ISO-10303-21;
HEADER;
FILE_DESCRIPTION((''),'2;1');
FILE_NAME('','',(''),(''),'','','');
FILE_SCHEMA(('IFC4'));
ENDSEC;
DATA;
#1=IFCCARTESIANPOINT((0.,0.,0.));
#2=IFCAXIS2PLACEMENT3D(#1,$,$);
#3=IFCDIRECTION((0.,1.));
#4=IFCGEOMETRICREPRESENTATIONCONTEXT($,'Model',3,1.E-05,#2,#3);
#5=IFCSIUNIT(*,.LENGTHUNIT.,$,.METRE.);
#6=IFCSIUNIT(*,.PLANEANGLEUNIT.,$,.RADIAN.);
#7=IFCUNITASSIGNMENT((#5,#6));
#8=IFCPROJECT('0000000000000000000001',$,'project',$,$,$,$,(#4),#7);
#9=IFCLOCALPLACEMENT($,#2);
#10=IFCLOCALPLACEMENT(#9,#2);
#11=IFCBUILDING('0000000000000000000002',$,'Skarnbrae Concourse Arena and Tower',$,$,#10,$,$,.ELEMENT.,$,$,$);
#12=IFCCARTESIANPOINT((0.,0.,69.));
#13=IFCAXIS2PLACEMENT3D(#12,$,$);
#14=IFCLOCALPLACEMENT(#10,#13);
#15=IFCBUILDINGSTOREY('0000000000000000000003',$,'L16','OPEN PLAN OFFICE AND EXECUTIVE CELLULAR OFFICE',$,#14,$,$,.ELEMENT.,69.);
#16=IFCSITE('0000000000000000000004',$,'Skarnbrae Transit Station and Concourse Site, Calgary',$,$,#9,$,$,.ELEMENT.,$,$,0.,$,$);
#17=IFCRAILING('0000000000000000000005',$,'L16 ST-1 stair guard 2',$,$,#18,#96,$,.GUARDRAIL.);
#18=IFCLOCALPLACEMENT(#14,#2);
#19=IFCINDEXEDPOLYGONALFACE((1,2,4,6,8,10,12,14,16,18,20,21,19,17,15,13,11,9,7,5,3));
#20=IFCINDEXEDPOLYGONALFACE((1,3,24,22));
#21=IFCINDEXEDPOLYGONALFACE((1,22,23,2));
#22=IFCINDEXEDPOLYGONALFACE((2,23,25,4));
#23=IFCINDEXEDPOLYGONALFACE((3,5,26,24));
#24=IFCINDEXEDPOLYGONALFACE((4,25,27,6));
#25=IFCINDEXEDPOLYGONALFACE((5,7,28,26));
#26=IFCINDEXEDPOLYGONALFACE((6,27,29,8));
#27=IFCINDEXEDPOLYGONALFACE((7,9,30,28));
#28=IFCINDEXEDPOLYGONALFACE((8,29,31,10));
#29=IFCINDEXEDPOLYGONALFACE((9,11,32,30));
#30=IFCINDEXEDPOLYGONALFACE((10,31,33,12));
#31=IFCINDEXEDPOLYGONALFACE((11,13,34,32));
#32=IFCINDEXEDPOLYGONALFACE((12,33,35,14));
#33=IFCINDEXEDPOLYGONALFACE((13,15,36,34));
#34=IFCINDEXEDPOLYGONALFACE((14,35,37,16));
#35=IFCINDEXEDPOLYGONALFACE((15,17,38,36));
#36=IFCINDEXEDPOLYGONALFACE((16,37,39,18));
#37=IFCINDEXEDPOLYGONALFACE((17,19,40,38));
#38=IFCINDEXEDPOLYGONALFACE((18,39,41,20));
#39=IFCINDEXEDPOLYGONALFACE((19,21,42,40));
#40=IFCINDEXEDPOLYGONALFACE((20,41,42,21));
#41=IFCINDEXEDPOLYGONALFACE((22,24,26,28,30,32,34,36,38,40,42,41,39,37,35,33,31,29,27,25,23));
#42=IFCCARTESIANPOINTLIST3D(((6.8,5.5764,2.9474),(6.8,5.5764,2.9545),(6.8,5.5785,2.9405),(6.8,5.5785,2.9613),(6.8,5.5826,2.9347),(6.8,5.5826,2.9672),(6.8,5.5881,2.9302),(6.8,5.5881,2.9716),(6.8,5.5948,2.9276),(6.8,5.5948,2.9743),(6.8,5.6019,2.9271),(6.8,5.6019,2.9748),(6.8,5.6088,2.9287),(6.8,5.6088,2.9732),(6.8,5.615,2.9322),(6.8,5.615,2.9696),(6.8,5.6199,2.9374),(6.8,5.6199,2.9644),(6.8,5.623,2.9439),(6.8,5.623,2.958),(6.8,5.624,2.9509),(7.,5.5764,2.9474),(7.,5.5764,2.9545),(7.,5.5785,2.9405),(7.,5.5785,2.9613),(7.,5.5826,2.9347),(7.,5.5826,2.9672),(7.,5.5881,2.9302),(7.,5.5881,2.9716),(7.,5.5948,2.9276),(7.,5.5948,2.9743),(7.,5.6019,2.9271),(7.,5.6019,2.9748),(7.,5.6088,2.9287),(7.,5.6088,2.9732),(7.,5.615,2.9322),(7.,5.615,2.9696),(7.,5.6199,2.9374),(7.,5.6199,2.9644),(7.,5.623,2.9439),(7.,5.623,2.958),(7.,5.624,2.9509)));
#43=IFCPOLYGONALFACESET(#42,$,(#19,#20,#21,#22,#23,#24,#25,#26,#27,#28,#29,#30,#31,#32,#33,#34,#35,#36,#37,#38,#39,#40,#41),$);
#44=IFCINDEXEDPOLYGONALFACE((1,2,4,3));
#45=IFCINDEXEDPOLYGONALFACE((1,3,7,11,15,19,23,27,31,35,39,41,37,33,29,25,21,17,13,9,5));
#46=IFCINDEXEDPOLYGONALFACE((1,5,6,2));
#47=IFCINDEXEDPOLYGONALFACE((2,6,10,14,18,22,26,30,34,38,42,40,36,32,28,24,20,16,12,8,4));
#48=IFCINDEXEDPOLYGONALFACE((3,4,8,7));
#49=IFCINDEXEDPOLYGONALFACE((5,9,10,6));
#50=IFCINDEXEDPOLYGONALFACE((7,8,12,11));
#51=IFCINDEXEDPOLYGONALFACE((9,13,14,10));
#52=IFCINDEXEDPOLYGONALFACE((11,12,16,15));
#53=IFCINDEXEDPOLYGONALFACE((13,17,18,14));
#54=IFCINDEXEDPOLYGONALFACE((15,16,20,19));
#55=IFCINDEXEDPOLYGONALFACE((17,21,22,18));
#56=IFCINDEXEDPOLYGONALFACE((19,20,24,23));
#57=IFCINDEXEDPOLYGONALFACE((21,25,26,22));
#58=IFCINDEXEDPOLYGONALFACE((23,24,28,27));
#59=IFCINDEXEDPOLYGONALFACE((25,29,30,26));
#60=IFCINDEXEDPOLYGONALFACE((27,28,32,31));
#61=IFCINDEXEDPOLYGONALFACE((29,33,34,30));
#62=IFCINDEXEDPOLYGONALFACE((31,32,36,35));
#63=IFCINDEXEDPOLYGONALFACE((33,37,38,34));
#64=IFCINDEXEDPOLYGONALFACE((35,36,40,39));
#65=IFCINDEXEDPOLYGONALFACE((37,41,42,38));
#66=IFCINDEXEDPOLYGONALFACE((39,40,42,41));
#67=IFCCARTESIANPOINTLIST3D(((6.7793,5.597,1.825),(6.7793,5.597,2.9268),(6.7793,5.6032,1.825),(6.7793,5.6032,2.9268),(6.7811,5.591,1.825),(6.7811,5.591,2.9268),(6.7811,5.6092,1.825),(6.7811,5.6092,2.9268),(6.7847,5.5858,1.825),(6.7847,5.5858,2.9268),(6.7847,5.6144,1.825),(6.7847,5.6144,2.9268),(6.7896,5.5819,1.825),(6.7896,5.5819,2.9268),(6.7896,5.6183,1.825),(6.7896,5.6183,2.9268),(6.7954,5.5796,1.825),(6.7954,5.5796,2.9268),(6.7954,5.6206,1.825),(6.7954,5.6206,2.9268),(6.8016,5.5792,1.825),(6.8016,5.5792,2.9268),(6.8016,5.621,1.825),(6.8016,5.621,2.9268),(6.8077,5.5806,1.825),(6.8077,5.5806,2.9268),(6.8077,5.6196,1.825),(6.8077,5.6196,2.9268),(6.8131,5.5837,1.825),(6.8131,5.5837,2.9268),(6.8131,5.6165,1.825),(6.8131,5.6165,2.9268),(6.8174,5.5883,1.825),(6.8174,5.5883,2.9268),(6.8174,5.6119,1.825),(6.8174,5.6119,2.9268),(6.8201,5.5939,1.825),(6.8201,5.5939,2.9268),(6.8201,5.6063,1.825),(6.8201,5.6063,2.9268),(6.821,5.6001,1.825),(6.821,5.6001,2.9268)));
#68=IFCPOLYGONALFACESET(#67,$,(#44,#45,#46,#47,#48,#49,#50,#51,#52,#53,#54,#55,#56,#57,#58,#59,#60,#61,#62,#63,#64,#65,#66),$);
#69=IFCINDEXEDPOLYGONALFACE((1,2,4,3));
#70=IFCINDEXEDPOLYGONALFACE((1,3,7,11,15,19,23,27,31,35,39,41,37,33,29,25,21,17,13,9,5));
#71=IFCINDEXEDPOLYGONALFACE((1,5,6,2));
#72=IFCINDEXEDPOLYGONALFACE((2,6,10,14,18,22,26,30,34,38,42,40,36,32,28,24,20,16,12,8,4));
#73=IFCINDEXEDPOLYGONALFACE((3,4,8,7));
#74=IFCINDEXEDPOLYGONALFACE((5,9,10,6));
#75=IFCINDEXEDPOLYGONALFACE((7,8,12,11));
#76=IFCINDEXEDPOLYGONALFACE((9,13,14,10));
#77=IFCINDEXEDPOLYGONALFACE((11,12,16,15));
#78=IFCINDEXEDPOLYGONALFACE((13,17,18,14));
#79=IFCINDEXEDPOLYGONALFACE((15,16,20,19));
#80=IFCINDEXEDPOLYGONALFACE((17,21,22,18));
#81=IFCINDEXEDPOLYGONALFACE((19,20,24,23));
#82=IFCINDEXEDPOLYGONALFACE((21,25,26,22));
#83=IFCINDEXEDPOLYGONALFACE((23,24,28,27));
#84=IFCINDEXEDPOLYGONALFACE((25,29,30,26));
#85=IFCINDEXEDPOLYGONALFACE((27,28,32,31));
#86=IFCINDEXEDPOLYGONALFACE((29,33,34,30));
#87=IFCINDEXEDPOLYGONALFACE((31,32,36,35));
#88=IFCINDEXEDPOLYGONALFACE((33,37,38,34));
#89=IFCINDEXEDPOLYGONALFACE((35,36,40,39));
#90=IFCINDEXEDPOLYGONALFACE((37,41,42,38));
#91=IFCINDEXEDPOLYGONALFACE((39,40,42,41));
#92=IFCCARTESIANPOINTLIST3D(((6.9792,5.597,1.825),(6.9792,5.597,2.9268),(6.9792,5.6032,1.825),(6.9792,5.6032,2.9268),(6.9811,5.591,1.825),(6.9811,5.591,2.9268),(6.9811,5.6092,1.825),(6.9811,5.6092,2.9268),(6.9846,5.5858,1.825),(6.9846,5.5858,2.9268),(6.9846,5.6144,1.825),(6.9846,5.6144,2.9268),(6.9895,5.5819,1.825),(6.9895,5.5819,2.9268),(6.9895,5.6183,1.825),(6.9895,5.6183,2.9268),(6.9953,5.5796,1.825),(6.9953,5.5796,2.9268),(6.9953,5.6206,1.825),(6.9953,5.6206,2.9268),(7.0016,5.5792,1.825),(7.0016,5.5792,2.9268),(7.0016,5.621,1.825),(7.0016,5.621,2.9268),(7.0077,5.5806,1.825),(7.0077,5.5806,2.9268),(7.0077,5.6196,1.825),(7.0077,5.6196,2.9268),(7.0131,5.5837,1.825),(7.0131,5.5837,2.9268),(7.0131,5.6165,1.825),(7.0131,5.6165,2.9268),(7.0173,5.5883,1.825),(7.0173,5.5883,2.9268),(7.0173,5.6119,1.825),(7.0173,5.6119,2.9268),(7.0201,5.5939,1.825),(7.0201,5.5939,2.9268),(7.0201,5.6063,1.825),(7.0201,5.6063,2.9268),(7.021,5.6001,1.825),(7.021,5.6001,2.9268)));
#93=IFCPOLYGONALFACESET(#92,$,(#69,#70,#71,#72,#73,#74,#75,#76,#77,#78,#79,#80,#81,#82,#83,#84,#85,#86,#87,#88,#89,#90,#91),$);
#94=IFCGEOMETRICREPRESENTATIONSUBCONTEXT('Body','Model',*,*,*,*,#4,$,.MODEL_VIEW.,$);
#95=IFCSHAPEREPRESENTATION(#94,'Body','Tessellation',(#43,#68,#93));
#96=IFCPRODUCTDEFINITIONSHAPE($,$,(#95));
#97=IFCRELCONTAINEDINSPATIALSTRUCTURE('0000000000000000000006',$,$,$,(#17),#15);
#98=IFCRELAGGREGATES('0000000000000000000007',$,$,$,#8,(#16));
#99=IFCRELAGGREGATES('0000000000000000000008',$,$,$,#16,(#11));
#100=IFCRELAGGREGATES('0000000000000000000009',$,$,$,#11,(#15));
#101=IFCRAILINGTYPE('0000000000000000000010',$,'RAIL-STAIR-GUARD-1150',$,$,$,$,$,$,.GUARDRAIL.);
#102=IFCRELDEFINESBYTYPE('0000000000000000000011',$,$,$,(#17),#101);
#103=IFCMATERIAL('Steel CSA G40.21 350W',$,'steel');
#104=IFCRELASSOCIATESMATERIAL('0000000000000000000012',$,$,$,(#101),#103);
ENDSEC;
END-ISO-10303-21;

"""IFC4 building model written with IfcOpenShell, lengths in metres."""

from ifc_helpers import new_model, si_unit, direction, frame, origin, origin_2d, place, context, subcontext, project, spatial, circle, extrude, material, type_object, element, save


model = new_model("IFC4")

# Units and contexts
model_context = context("Model", 3, precision=1e-05, world=origin(), true_north=direction((0.0, 1.0)))
body_context = subcontext(model_context, "Body", "Model", "MODEL_VIEW")
ifc_project = project(units=[si_unit("LENGTHUNIT", "METRE"), si_unit("PLANEANGLEUNIT", "RADIAN")], contexts=[model_context])

# Site, building, storey
site_placement = place(None, origin())
site = spatial("IfcSite", under=ifc_project, at=site_placement, Name="Skarnbrae Transit Station and Concourse Site, Calgary", CompositionType="ELEMENT", RefElevation=0.0)
building_placement = place(site_placement, origin())
building = spatial("IfcBuilding", under=site, at=building_placement, Name="Skarnbrae Concourse Arena and Tower", CompositionType="ELEMENT")
storey_placement = place(building_placement, frame((0.0, 0.0, 69.0)))
storey = spatial("IfcBuildingStorey", under=building, at=storey_placement, Name="L16", Description="OPEN PLAN OFFICE AND EXECUTIVE CELLULAR OFFICE", CompositionType="ELEMENT", Elevation=69.0)

# Shared definitions
ifc_material_1 = material(Name="Steel CSA G40.21 350W", Category="steel")

# Railing
railing_type_1 = type_object("IfcRailingType", Name="RAIL-STAIR-GUARD-1150", PredefinedType="GUARDRAIL", material=ifc_material_1)
railing_1_placement = place(storey_placement, frame((6.8, 5.6001, 1.825)))
element("IfcRailing", 1, at=railing_1_placement, inside=storey, type_object=railing_type_1, Name="L16 ST-1 stair guard 2", PredefinedType="GUARDRAIL", context=body_context, shape_type="SweptSolid", body=[
    extrude(circle(Radius=0.0239, at=origin_2d()), frame((0.0, 0.0, 1.126), z_axis=(1.0, 0.0, 0.0), x_axis=(0.0, 1.0, 0.0)), (0.0, 0.0, 1.0), 0.2),
    extrude(circle(Radius=0.021, at=origin_2d()), origin(), (0.0, 0.0, 1.0), 1.1018),
    extrude(circle(Radius=0.021, at=origin_2d()), frame((0.2, 0.0, 0.0)), (0.0, 0.0, 1.0), 1.1018),
])

save(model, "model.ifc")
